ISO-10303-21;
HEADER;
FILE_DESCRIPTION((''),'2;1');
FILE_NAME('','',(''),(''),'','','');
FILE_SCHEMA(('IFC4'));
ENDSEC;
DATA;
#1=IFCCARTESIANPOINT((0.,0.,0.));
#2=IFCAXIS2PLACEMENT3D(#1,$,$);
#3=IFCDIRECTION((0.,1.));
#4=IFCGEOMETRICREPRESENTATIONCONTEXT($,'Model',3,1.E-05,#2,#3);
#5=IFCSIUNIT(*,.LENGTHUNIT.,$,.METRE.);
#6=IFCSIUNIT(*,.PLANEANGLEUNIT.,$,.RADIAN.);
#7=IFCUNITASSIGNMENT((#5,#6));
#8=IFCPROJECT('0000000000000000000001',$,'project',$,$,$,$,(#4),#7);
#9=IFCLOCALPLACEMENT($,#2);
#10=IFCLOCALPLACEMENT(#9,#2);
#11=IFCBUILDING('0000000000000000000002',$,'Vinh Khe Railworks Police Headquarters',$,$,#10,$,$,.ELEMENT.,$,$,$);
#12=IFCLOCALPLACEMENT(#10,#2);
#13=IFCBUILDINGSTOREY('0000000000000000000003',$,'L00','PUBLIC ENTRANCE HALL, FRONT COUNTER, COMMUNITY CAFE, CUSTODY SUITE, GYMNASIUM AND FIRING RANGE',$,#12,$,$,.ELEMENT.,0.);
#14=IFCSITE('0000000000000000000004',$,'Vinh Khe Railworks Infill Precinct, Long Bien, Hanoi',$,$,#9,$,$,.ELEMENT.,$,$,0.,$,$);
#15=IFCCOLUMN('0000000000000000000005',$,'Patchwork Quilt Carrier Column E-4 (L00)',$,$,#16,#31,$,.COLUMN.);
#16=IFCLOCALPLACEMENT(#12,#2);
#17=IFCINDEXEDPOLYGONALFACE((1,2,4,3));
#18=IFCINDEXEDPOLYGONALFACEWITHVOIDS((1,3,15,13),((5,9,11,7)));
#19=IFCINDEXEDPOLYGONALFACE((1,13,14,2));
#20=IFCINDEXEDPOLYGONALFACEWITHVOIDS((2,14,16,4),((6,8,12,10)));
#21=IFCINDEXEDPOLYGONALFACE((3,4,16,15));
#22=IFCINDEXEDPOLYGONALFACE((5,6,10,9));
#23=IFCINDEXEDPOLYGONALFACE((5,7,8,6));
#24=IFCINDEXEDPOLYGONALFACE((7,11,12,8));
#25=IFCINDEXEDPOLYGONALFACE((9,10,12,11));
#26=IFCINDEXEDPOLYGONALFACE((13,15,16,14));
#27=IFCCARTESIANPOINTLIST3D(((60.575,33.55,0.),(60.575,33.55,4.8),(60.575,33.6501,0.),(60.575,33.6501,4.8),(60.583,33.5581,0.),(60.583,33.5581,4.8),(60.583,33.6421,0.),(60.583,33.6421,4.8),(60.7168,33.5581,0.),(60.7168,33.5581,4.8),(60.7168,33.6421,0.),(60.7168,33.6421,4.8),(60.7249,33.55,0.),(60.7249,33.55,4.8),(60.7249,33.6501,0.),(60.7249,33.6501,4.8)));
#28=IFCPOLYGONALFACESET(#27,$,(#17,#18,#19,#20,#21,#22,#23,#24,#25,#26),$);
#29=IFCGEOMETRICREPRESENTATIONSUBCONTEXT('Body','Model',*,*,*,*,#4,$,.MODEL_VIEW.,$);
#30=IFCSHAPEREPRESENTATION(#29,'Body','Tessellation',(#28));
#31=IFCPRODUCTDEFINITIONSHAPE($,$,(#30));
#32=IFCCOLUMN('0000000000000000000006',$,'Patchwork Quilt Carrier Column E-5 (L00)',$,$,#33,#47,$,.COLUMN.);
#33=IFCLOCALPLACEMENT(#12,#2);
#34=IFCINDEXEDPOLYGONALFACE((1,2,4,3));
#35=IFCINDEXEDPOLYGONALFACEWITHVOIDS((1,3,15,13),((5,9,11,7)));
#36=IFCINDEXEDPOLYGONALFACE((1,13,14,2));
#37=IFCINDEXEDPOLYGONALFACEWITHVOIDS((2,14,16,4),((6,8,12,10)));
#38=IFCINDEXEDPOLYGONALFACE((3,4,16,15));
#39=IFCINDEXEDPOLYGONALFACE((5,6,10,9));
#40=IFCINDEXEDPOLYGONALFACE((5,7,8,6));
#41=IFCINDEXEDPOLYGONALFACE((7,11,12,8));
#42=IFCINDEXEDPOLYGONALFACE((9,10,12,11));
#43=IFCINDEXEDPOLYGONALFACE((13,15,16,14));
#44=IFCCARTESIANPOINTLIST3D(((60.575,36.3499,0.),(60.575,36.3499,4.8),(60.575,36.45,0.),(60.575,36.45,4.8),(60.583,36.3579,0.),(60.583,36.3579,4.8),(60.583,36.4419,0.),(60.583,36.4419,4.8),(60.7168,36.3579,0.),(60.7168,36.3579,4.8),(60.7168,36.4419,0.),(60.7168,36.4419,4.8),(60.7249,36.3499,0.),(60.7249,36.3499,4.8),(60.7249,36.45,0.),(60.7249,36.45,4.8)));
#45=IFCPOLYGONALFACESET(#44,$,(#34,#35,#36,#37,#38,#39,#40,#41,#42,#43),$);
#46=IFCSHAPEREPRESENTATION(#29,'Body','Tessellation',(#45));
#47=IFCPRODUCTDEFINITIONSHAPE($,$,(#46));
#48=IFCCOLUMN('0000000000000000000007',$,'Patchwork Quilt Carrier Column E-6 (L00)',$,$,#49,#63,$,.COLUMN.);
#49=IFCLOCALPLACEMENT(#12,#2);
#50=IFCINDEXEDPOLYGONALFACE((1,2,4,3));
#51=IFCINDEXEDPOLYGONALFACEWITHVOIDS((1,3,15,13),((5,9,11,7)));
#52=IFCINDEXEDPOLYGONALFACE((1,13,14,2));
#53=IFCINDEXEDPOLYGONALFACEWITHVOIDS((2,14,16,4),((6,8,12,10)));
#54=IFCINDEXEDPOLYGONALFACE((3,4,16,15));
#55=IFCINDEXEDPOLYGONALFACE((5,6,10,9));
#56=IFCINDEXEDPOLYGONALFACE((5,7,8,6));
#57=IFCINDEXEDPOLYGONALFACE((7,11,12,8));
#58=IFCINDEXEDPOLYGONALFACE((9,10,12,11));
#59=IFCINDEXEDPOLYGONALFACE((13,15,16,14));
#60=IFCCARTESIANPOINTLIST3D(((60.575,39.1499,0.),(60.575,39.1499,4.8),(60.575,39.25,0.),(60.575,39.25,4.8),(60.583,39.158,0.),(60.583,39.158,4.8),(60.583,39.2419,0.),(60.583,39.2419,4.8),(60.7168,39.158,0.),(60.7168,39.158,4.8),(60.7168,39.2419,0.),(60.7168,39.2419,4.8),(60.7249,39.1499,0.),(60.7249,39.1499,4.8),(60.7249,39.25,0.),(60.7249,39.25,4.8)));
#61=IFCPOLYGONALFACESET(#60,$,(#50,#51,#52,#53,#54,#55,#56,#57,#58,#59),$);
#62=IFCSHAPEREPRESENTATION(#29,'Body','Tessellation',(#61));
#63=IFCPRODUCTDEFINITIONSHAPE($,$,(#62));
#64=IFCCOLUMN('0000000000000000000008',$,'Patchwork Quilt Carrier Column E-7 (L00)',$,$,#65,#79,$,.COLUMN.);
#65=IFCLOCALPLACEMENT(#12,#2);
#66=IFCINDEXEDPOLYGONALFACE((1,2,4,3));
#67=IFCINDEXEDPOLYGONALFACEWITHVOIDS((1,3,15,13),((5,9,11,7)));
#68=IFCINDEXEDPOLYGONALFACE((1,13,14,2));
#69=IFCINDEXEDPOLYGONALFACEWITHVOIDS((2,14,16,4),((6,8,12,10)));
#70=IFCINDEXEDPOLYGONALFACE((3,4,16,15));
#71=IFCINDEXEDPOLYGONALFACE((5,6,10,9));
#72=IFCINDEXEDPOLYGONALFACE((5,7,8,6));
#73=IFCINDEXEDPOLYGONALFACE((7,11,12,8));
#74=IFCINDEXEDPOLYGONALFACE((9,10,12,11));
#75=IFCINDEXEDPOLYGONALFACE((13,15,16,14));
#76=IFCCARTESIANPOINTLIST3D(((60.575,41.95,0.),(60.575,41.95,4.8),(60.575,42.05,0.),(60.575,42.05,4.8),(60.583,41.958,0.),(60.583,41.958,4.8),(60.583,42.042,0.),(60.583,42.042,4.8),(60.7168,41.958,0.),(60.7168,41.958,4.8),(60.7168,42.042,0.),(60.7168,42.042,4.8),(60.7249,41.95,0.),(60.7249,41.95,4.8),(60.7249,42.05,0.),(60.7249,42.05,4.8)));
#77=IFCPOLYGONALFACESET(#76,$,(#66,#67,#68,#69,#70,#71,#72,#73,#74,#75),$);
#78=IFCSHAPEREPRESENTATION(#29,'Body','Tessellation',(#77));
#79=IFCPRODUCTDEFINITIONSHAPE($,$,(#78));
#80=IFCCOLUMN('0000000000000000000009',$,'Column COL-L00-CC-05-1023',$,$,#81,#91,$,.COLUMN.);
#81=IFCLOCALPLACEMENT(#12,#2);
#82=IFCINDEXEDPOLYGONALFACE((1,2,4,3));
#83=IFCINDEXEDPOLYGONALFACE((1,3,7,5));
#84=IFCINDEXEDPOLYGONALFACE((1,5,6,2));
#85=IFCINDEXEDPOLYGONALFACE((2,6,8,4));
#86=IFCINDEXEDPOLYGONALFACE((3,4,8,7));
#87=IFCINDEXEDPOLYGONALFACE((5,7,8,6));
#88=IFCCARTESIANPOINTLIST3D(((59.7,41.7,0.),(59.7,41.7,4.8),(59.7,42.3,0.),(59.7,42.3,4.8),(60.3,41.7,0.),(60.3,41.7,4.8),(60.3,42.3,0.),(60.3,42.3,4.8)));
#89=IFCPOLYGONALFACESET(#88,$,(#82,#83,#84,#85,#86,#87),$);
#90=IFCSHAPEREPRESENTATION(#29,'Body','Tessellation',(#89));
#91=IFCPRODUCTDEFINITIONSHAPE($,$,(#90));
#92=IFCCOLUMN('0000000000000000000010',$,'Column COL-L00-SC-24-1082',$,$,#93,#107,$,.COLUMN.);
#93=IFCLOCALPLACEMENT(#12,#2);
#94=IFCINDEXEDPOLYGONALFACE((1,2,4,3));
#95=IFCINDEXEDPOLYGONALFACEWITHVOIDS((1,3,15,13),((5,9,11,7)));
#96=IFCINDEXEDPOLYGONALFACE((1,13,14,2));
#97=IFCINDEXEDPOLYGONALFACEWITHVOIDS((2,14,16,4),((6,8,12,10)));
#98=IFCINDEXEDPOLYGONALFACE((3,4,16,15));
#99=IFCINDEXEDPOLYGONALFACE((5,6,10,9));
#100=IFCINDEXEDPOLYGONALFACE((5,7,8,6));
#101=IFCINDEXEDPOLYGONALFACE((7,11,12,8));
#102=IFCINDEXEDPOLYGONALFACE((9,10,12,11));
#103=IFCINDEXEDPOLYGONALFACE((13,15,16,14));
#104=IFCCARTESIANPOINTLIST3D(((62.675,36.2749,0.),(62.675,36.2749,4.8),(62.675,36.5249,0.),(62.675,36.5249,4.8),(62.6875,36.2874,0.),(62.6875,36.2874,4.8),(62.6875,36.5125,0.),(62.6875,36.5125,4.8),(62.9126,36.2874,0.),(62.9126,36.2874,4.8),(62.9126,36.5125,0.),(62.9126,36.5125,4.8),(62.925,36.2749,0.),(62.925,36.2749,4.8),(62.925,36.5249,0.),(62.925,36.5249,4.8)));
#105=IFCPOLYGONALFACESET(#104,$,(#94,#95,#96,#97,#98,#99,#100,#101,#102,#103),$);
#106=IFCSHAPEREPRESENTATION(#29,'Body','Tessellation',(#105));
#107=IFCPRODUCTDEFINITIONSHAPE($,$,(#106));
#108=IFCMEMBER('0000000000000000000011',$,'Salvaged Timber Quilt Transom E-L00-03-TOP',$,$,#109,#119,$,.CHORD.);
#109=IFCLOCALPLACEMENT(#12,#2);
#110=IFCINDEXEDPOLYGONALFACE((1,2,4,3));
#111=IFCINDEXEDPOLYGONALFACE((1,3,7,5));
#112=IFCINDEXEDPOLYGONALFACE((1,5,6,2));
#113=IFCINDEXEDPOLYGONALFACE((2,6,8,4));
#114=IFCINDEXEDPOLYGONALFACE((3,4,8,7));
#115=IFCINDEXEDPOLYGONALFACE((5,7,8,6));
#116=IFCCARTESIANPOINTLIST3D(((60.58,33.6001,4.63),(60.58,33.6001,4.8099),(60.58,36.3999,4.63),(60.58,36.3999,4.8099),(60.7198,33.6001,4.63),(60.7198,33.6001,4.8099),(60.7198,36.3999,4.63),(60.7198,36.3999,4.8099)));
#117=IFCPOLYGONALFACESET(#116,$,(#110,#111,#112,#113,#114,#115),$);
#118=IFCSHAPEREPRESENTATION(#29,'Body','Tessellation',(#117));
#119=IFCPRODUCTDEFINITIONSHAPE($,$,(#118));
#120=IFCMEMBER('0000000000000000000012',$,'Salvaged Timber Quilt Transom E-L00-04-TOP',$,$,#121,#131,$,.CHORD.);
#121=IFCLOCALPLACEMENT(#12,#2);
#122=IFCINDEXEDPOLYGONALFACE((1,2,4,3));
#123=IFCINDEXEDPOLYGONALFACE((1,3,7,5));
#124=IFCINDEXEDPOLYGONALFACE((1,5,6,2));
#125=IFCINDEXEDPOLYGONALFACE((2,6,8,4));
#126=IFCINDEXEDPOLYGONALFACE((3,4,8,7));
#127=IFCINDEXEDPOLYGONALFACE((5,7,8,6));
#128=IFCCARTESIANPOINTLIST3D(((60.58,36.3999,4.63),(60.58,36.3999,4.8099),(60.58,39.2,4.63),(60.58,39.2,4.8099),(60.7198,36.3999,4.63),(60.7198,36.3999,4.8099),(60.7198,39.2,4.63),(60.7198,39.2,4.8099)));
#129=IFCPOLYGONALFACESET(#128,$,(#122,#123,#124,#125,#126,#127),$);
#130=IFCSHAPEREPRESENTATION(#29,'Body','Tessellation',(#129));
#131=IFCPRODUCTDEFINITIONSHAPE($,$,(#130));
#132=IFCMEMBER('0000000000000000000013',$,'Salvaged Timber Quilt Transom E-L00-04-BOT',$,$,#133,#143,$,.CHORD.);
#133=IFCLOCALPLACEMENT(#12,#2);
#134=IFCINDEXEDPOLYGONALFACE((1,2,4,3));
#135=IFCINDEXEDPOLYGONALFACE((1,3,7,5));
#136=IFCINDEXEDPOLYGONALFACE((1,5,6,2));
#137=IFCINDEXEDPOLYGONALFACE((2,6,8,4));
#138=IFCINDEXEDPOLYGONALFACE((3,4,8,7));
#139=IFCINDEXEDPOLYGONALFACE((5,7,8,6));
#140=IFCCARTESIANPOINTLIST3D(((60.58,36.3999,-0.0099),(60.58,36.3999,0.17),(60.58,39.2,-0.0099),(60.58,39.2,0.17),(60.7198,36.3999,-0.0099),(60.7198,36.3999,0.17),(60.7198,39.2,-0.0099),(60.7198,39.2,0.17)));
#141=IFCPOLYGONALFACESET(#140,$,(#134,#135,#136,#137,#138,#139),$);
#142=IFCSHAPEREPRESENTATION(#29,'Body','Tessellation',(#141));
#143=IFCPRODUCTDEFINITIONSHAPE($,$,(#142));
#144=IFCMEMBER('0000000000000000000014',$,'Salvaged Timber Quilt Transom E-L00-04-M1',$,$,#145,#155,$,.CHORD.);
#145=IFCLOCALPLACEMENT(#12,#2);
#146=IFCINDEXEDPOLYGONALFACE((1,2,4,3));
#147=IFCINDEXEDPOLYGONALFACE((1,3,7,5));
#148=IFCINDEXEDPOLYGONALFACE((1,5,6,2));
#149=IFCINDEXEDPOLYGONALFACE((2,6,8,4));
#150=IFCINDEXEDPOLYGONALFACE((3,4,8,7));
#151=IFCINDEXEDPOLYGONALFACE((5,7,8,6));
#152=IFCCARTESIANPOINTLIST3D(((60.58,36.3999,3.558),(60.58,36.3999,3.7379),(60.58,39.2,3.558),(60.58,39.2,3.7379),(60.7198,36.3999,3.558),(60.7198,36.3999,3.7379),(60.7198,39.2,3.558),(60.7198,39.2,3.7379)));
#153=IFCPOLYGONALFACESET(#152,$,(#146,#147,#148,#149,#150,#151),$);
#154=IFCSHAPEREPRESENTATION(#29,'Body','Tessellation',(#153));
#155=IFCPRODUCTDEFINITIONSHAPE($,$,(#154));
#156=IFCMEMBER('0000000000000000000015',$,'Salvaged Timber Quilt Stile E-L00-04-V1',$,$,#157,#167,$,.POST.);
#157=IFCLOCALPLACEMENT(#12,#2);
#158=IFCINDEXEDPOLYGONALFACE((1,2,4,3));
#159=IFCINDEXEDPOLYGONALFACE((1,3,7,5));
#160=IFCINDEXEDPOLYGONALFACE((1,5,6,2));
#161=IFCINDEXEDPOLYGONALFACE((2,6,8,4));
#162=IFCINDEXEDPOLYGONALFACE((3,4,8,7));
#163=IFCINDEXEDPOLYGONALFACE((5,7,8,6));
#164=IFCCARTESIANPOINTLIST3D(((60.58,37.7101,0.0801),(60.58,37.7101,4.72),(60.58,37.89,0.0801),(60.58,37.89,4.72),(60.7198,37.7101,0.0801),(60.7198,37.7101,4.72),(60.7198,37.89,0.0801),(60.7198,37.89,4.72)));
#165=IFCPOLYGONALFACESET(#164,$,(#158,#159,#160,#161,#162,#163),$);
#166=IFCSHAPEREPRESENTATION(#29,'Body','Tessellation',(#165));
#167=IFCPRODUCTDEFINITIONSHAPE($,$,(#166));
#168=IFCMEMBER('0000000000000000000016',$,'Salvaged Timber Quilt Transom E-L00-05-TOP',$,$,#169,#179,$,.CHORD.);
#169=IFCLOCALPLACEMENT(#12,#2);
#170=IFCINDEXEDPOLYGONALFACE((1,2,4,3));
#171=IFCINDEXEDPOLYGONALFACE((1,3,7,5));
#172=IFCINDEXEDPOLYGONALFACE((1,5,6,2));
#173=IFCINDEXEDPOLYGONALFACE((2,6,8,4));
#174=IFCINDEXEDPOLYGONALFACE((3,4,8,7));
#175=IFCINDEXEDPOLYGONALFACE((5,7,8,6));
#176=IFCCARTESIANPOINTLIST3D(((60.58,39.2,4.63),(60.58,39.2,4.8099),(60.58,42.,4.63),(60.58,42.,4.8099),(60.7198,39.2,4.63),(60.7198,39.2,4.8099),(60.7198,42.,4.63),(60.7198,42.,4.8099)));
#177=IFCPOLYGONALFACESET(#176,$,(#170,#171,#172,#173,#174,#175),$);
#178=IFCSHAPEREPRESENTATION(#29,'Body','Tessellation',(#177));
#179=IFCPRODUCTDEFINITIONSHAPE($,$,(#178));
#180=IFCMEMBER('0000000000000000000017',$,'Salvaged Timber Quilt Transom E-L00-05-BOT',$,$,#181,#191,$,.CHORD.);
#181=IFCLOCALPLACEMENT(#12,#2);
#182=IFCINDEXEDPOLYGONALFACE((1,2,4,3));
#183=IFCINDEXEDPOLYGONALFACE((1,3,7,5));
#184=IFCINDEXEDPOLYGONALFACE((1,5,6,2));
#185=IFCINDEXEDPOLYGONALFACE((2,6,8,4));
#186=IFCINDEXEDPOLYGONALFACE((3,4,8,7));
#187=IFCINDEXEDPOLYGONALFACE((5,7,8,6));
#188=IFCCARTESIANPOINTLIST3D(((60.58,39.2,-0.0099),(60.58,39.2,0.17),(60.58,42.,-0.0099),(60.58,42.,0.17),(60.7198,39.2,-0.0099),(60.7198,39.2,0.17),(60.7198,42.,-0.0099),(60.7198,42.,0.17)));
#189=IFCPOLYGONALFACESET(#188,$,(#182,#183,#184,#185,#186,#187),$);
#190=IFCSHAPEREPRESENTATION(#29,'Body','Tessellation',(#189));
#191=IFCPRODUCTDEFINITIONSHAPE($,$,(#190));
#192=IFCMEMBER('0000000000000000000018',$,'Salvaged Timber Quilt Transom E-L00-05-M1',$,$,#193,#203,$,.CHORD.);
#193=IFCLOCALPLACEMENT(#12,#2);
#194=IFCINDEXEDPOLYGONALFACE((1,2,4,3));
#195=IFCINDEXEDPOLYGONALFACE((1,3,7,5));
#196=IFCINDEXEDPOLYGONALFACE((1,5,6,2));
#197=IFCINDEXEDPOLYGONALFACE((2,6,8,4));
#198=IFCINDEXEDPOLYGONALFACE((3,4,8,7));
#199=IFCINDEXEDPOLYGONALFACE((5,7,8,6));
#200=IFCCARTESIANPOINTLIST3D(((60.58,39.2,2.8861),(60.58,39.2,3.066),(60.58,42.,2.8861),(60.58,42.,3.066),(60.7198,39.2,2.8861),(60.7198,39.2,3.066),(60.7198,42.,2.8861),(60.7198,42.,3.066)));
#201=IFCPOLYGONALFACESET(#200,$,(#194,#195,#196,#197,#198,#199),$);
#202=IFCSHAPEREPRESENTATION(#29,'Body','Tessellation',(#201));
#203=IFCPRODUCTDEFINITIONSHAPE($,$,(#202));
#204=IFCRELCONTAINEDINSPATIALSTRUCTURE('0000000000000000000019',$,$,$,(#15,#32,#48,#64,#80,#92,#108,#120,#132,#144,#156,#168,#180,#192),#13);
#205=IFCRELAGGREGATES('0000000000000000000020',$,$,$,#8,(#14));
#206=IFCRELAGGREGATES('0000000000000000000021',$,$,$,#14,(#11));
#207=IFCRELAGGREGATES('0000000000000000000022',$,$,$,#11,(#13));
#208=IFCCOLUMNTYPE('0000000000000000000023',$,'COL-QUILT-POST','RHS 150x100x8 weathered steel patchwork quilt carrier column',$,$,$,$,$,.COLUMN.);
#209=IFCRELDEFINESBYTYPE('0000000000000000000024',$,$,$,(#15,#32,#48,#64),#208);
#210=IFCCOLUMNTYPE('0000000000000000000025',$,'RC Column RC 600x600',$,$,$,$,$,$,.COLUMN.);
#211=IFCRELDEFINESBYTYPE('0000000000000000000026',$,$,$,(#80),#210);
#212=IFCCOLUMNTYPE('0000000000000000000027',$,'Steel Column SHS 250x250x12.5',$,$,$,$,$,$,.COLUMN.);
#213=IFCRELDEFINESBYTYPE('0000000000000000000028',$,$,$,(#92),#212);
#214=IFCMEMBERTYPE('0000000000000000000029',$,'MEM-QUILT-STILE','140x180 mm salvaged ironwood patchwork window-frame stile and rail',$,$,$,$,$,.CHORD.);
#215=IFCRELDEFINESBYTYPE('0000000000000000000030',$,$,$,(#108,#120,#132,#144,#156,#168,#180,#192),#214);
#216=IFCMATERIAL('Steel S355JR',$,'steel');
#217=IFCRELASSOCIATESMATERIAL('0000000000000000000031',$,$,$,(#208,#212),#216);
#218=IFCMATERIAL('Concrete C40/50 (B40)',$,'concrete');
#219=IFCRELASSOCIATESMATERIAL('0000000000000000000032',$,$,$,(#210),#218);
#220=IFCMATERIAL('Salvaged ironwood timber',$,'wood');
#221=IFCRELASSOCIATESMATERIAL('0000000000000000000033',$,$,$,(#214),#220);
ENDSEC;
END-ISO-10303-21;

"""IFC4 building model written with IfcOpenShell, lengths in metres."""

from ifc_helpers import new_model, si_unit, direction, frame, origin, origin_2d, place, context, subcontext, project, spatial, rectangle, hollow_rectangle, extrude, material, material_profile, profile_set, type_object, element, save


model = new_model("IFC4")

# Units and contexts
model_context = context("Model", 3, precision=1e-05, world=origin(), true_north=direction((0.0, 1.0)))
body_context = subcontext(model_context, "Body", "Model", "MODEL_VIEW")
ifc_project = project(units=[si_unit("LENGTHUNIT", "METRE"), si_unit("PLANEANGLEUNIT", "RADIAN")], contexts=[model_context])

# Site, building, storey
site_placement = place(None, origin())
site = spatial("IfcSite", under=ifc_project, at=site_placement, Name="Vinh Khe Railworks Infill Precinct, Long Bien, Hanoi", CompositionType="ELEMENT", RefElevation=0.0)
building_placement = place(site_placement, origin())
building = spatial("IfcBuilding", under=site, at=building_placement, Name="Vinh Khe Railworks Police Headquarters", CompositionType="ELEMENT")
storey_placement = place(building_placement, origin())
storey = spatial("IfcBuildingStorey", under=building, at=storey_placement, Name="L00", Description="PUBLIC ENTRANCE HALL, FRONT COUNTER, COMMUNITY CAFE, CUSTODY SUITE, GYMNASIUM AND FIRING RANGE", CompositionType="ELEMENT", Elevation=0.0)

# Columns
ifc_material_1 = material(Name="Steel S355JR", Category="steel")
ifc_material_profile_1 = material_profile(ifc_material_1, hollow_rectangle(XDim=0.1499, YDim=0.1001, WallThickness=0.0081, at=origin_2d()), Name="RHS 150x100x8")
ifc_profile_set_1 = profile_set([ifc_material_profile_1], Name="Steel S355JR")
column_type_1 = type_object("IfcColumnType", Name="COL-QUILT-POST", Description="RHS 150x100x8 weathered steel patchwork quilt carrier column", PredefinedType="COLUMN", material=ifc_profile_set_1)
for number, where, z_axis, x_axis, name in (
    (1, (60.6499, 33.6001, 0.0), (0.0, 0.0, 1.0), (1.0, 0.0, 0.0), "Patchwork Quilt Carrier Column E-4 (L00)"),
    (2, (60.6499, 36.3999, 0.0), (0.0, 0.0, 1.0), (1.0, 0.0, 0.0), "Patchwork Quilt Carrier Column E-5 (L00)"),
    (3, (60.6499, 39.2, 0.0), (0.0, 0.0, 1.0), (1.0, 0.0, 0.0), "Patchwork Quilt Carrier Column E-6 (L00)"),
    (4, (60.6499, 42.0, 0.0), (0.0, 0.0, 1.0), (1.0, 0.0, 0.0), "Patchwork Quilt Carrier Column E-7 (L00)"),
):
    element("IfcColumn", number, at=place(storey_placement, frame(where, z_axis=z_axis, x_axis=x_axis)), inside=storey, type_object=column_type_1, Name=name, PredefinedType="COLUMN", context=body_context, shape_type="SweptSolid", body=[
        extrude(hollow_rectangle(XDim=0.1499, YDim=0.1001, WallThickness=0.0081, at=origin_2d()), origin(), (0.0, 0.0, 1.0), 4.8),
    ])
ifc_material_2 = material(Name="Concrete C40/50 (B40)", Category="concrete")
ifc_material_profile_2 = material_profile(ifc_material_2, rectangle(XDim=0.6001, YDim=0.6001, at=origin_2d()), Name="RC 600x600")
ifc_profile_set_2 = profile_set([ifc_material_profile_2], Name="Concrete C40/50 (B40)")
column_type_2 = type_object("IfcColumnType", Name="RC Column RC 600x600", PredefinedType="COLUMN", material=ifc_profile_set_2)
column_1_placement = place(storey_placement, frame((60.0, 42.0, 0.0), z_axis=(0.0, 0.0, 1.0), x_axis=(1.0, 0.0, 0.0)))
element("IfcColumn", 5, at=column_1_placement, inside=storey, type_object=column_type_2, Name="Column COL-L00-CC-05-1023", PredefinedType="COLUMN", context=body_context, shape_type="SweptSolid", body=[
    extrude(rectangle(XDim=0.6001, YDim=0.6001, at=origin_2d()), origin(), (0.0, 0.0, 1.0), 4.8),
])
ifc_material_profile_3 = material_profile(ifc_material_1, hollow_rectangle(XDim=0.25, YDim=0.25, WallThickness=0.0125, at=origin_2d()), Name="SHS 250x250x12.5")
ifc_profile_set_3 = profile_set([ifc_material_profile_3], Name="Steel S355JR")
column_type_3 = type_object("IfcColumnType", Name="Steel Column SHS 250x250x12.5", PredefinedType="COLUMN", material=ifc_profile_set_3)
column_2_placement = place(storey_placement, frame((62.8, 36.3999, 0.0), z_axis=(0.0, 0.0, 1.0), x_axis=(1.0, 0.0, 0.0)))
element("IfcColumn", 6, at=column_2_placement, inside=storey, type_object=column_type_3, Name="Column COL-L00-SC-24-1082", PredefinedType="COLUMN", context=body_context, shape_type="SweptSolid", body=[
    extrude(hollow_rectangle(XDim=0.25, YDim=0.25, WallThickness=0.0125, at=origin_2d()), origin(), (0.0, 0.0, 1.0), 4.8),
])

# Members
ifc_material_3 = material(Name="Salvaged ironwood timber", Category="wood")
ifc_material_profile_4 = material_profile(ifc_material_3, rectangle(XDim=0.1399, YDim=0.1799, at=origin_2d()), Name="TIMBER 140x180")
ifc_profile_set_4 = profile_set([ifc_material_profile_4], Name="Salvaged ironwood timber")
member_type_1 = type_object("IfcMemberType", Name="MEM-QUILT-STILE", Description="140x180 mm salvaged ironwood patchwork window-frame stile and rail", PredefinedType="CHORD", material=ifc_profile_set_4)
member_1_placement = place(storey_placement, frame((60.6499, 33.6001, 4.72), z_axis=(0.0, 1.0, 0.0), x_axis=(-1.0, 0.0, 0.0)))
element("IfcMember", 7, at=member_1_placement, inside=storey, type_object=member_type_1, Name="Salvaged Timber Quilt Transom E-L00-03-TOP", PredefinedType="CHORD", context=body_context, shape_type="SweptSolid", body=[
    extrude(rectangle(XDim=0.1399, YDim=0.1799, at=origin_2d()), origin(), (0.0, 0.0, 1.0), 2.7998),
])
for number, where, z_axis, x_axis, name in (
    (8, (60.6499, 36.3999, 4.72), (0.0, 1.0, 0.0), (-1.0, 0.0, 0.0), "Salvaged Timber Quilt Transom E-L00-04-TOP"),
    (9, (60.6499, 36.3999, 0.0801), (0.0, 1.0, 0.0), (-1.0, 0.0, 0.0), "Salvaged Timber Quilt Transom E-L00-04-BOT"),
    (10, (60.6499, 36.3999, 3.6479), (0.0, 1.0, 0.0), (-1.0, 0.0, 0.0), "Salvaged Timber Quilt Transom E-L00-04-M1"),
):
    element("IfcMember", number, at=place(storey_placement, frame(where, z_axis=z_axis, x_axis=x_axis)), inside=storey, type_object=member_type_1, Name=name, PredefinedType="CHORD", context=body_context, shape_type="SweptSolid", body=[
        extrude(rectangle(XDim=0.1399, YDim=0.1799, at=origin_2d()), origin(), (0.0, 0.0, 1.0), 2.8),
    ])
member_2_placement = place(storey_placement, frame((60.6499, 37.8, 0.0801), z_axis=(0.0, 0.0, 1.0), x_axis=(1.0, 0.0, 0.0)))
element("IfcMember", 11, at=member_2_placement, inside=storey, type_object=member_type_1, Name="Salvaged Timber Quilt Stile E-L00-04-V1", PredefinedType="POST", context=body_context, shape_type="SweptSolid", body=[
    extrude(rectangle(XDim=0.1399, YDim=0.1799, at=origin_2d()), origin(), (0.0, 0.0, 1.0), 4.6399),
])
for number, where, z_axis, x_axis, name in (
    (12, (60.6499, 39.2, 4.72), (0.0, 1.0, 0.0), (-1.0, 0.0, 0.0), "Salvaged Timber Quilt Transom E-L00-05-TOP"),
    (13, (60.6499, 39.2, 0.0801), (0.0, 1.0, 0.0), (-1.0, 0.0, 0.0), "Salvaged Timber Quilt Transom E-L00-05-BOT"),
    (14, (60.6499, 39.2, 2.9761), (0.0, 1.0, 0.0), (-1.0, 0.0, 0.0), "Salvaged Timber Quilt Transom E-L00-05-M1"),
):
    element("IfcMember", number, at=place(storey_placement, frame(where, z_axis=z_axis, x_axis=x_axis)), inside=storey, type_object=member_type_1, Name=name, PredefinedType="CHORD", context=body_context, shape_type="SweptSolid", body=[
        extrude(rectangle(XDim=0.1399, YDim=0.1799, at=origin_2d()), origin(), (0.0, 0.0, 1.0), 2.8),
    ])

save(model, "model.ifc")
